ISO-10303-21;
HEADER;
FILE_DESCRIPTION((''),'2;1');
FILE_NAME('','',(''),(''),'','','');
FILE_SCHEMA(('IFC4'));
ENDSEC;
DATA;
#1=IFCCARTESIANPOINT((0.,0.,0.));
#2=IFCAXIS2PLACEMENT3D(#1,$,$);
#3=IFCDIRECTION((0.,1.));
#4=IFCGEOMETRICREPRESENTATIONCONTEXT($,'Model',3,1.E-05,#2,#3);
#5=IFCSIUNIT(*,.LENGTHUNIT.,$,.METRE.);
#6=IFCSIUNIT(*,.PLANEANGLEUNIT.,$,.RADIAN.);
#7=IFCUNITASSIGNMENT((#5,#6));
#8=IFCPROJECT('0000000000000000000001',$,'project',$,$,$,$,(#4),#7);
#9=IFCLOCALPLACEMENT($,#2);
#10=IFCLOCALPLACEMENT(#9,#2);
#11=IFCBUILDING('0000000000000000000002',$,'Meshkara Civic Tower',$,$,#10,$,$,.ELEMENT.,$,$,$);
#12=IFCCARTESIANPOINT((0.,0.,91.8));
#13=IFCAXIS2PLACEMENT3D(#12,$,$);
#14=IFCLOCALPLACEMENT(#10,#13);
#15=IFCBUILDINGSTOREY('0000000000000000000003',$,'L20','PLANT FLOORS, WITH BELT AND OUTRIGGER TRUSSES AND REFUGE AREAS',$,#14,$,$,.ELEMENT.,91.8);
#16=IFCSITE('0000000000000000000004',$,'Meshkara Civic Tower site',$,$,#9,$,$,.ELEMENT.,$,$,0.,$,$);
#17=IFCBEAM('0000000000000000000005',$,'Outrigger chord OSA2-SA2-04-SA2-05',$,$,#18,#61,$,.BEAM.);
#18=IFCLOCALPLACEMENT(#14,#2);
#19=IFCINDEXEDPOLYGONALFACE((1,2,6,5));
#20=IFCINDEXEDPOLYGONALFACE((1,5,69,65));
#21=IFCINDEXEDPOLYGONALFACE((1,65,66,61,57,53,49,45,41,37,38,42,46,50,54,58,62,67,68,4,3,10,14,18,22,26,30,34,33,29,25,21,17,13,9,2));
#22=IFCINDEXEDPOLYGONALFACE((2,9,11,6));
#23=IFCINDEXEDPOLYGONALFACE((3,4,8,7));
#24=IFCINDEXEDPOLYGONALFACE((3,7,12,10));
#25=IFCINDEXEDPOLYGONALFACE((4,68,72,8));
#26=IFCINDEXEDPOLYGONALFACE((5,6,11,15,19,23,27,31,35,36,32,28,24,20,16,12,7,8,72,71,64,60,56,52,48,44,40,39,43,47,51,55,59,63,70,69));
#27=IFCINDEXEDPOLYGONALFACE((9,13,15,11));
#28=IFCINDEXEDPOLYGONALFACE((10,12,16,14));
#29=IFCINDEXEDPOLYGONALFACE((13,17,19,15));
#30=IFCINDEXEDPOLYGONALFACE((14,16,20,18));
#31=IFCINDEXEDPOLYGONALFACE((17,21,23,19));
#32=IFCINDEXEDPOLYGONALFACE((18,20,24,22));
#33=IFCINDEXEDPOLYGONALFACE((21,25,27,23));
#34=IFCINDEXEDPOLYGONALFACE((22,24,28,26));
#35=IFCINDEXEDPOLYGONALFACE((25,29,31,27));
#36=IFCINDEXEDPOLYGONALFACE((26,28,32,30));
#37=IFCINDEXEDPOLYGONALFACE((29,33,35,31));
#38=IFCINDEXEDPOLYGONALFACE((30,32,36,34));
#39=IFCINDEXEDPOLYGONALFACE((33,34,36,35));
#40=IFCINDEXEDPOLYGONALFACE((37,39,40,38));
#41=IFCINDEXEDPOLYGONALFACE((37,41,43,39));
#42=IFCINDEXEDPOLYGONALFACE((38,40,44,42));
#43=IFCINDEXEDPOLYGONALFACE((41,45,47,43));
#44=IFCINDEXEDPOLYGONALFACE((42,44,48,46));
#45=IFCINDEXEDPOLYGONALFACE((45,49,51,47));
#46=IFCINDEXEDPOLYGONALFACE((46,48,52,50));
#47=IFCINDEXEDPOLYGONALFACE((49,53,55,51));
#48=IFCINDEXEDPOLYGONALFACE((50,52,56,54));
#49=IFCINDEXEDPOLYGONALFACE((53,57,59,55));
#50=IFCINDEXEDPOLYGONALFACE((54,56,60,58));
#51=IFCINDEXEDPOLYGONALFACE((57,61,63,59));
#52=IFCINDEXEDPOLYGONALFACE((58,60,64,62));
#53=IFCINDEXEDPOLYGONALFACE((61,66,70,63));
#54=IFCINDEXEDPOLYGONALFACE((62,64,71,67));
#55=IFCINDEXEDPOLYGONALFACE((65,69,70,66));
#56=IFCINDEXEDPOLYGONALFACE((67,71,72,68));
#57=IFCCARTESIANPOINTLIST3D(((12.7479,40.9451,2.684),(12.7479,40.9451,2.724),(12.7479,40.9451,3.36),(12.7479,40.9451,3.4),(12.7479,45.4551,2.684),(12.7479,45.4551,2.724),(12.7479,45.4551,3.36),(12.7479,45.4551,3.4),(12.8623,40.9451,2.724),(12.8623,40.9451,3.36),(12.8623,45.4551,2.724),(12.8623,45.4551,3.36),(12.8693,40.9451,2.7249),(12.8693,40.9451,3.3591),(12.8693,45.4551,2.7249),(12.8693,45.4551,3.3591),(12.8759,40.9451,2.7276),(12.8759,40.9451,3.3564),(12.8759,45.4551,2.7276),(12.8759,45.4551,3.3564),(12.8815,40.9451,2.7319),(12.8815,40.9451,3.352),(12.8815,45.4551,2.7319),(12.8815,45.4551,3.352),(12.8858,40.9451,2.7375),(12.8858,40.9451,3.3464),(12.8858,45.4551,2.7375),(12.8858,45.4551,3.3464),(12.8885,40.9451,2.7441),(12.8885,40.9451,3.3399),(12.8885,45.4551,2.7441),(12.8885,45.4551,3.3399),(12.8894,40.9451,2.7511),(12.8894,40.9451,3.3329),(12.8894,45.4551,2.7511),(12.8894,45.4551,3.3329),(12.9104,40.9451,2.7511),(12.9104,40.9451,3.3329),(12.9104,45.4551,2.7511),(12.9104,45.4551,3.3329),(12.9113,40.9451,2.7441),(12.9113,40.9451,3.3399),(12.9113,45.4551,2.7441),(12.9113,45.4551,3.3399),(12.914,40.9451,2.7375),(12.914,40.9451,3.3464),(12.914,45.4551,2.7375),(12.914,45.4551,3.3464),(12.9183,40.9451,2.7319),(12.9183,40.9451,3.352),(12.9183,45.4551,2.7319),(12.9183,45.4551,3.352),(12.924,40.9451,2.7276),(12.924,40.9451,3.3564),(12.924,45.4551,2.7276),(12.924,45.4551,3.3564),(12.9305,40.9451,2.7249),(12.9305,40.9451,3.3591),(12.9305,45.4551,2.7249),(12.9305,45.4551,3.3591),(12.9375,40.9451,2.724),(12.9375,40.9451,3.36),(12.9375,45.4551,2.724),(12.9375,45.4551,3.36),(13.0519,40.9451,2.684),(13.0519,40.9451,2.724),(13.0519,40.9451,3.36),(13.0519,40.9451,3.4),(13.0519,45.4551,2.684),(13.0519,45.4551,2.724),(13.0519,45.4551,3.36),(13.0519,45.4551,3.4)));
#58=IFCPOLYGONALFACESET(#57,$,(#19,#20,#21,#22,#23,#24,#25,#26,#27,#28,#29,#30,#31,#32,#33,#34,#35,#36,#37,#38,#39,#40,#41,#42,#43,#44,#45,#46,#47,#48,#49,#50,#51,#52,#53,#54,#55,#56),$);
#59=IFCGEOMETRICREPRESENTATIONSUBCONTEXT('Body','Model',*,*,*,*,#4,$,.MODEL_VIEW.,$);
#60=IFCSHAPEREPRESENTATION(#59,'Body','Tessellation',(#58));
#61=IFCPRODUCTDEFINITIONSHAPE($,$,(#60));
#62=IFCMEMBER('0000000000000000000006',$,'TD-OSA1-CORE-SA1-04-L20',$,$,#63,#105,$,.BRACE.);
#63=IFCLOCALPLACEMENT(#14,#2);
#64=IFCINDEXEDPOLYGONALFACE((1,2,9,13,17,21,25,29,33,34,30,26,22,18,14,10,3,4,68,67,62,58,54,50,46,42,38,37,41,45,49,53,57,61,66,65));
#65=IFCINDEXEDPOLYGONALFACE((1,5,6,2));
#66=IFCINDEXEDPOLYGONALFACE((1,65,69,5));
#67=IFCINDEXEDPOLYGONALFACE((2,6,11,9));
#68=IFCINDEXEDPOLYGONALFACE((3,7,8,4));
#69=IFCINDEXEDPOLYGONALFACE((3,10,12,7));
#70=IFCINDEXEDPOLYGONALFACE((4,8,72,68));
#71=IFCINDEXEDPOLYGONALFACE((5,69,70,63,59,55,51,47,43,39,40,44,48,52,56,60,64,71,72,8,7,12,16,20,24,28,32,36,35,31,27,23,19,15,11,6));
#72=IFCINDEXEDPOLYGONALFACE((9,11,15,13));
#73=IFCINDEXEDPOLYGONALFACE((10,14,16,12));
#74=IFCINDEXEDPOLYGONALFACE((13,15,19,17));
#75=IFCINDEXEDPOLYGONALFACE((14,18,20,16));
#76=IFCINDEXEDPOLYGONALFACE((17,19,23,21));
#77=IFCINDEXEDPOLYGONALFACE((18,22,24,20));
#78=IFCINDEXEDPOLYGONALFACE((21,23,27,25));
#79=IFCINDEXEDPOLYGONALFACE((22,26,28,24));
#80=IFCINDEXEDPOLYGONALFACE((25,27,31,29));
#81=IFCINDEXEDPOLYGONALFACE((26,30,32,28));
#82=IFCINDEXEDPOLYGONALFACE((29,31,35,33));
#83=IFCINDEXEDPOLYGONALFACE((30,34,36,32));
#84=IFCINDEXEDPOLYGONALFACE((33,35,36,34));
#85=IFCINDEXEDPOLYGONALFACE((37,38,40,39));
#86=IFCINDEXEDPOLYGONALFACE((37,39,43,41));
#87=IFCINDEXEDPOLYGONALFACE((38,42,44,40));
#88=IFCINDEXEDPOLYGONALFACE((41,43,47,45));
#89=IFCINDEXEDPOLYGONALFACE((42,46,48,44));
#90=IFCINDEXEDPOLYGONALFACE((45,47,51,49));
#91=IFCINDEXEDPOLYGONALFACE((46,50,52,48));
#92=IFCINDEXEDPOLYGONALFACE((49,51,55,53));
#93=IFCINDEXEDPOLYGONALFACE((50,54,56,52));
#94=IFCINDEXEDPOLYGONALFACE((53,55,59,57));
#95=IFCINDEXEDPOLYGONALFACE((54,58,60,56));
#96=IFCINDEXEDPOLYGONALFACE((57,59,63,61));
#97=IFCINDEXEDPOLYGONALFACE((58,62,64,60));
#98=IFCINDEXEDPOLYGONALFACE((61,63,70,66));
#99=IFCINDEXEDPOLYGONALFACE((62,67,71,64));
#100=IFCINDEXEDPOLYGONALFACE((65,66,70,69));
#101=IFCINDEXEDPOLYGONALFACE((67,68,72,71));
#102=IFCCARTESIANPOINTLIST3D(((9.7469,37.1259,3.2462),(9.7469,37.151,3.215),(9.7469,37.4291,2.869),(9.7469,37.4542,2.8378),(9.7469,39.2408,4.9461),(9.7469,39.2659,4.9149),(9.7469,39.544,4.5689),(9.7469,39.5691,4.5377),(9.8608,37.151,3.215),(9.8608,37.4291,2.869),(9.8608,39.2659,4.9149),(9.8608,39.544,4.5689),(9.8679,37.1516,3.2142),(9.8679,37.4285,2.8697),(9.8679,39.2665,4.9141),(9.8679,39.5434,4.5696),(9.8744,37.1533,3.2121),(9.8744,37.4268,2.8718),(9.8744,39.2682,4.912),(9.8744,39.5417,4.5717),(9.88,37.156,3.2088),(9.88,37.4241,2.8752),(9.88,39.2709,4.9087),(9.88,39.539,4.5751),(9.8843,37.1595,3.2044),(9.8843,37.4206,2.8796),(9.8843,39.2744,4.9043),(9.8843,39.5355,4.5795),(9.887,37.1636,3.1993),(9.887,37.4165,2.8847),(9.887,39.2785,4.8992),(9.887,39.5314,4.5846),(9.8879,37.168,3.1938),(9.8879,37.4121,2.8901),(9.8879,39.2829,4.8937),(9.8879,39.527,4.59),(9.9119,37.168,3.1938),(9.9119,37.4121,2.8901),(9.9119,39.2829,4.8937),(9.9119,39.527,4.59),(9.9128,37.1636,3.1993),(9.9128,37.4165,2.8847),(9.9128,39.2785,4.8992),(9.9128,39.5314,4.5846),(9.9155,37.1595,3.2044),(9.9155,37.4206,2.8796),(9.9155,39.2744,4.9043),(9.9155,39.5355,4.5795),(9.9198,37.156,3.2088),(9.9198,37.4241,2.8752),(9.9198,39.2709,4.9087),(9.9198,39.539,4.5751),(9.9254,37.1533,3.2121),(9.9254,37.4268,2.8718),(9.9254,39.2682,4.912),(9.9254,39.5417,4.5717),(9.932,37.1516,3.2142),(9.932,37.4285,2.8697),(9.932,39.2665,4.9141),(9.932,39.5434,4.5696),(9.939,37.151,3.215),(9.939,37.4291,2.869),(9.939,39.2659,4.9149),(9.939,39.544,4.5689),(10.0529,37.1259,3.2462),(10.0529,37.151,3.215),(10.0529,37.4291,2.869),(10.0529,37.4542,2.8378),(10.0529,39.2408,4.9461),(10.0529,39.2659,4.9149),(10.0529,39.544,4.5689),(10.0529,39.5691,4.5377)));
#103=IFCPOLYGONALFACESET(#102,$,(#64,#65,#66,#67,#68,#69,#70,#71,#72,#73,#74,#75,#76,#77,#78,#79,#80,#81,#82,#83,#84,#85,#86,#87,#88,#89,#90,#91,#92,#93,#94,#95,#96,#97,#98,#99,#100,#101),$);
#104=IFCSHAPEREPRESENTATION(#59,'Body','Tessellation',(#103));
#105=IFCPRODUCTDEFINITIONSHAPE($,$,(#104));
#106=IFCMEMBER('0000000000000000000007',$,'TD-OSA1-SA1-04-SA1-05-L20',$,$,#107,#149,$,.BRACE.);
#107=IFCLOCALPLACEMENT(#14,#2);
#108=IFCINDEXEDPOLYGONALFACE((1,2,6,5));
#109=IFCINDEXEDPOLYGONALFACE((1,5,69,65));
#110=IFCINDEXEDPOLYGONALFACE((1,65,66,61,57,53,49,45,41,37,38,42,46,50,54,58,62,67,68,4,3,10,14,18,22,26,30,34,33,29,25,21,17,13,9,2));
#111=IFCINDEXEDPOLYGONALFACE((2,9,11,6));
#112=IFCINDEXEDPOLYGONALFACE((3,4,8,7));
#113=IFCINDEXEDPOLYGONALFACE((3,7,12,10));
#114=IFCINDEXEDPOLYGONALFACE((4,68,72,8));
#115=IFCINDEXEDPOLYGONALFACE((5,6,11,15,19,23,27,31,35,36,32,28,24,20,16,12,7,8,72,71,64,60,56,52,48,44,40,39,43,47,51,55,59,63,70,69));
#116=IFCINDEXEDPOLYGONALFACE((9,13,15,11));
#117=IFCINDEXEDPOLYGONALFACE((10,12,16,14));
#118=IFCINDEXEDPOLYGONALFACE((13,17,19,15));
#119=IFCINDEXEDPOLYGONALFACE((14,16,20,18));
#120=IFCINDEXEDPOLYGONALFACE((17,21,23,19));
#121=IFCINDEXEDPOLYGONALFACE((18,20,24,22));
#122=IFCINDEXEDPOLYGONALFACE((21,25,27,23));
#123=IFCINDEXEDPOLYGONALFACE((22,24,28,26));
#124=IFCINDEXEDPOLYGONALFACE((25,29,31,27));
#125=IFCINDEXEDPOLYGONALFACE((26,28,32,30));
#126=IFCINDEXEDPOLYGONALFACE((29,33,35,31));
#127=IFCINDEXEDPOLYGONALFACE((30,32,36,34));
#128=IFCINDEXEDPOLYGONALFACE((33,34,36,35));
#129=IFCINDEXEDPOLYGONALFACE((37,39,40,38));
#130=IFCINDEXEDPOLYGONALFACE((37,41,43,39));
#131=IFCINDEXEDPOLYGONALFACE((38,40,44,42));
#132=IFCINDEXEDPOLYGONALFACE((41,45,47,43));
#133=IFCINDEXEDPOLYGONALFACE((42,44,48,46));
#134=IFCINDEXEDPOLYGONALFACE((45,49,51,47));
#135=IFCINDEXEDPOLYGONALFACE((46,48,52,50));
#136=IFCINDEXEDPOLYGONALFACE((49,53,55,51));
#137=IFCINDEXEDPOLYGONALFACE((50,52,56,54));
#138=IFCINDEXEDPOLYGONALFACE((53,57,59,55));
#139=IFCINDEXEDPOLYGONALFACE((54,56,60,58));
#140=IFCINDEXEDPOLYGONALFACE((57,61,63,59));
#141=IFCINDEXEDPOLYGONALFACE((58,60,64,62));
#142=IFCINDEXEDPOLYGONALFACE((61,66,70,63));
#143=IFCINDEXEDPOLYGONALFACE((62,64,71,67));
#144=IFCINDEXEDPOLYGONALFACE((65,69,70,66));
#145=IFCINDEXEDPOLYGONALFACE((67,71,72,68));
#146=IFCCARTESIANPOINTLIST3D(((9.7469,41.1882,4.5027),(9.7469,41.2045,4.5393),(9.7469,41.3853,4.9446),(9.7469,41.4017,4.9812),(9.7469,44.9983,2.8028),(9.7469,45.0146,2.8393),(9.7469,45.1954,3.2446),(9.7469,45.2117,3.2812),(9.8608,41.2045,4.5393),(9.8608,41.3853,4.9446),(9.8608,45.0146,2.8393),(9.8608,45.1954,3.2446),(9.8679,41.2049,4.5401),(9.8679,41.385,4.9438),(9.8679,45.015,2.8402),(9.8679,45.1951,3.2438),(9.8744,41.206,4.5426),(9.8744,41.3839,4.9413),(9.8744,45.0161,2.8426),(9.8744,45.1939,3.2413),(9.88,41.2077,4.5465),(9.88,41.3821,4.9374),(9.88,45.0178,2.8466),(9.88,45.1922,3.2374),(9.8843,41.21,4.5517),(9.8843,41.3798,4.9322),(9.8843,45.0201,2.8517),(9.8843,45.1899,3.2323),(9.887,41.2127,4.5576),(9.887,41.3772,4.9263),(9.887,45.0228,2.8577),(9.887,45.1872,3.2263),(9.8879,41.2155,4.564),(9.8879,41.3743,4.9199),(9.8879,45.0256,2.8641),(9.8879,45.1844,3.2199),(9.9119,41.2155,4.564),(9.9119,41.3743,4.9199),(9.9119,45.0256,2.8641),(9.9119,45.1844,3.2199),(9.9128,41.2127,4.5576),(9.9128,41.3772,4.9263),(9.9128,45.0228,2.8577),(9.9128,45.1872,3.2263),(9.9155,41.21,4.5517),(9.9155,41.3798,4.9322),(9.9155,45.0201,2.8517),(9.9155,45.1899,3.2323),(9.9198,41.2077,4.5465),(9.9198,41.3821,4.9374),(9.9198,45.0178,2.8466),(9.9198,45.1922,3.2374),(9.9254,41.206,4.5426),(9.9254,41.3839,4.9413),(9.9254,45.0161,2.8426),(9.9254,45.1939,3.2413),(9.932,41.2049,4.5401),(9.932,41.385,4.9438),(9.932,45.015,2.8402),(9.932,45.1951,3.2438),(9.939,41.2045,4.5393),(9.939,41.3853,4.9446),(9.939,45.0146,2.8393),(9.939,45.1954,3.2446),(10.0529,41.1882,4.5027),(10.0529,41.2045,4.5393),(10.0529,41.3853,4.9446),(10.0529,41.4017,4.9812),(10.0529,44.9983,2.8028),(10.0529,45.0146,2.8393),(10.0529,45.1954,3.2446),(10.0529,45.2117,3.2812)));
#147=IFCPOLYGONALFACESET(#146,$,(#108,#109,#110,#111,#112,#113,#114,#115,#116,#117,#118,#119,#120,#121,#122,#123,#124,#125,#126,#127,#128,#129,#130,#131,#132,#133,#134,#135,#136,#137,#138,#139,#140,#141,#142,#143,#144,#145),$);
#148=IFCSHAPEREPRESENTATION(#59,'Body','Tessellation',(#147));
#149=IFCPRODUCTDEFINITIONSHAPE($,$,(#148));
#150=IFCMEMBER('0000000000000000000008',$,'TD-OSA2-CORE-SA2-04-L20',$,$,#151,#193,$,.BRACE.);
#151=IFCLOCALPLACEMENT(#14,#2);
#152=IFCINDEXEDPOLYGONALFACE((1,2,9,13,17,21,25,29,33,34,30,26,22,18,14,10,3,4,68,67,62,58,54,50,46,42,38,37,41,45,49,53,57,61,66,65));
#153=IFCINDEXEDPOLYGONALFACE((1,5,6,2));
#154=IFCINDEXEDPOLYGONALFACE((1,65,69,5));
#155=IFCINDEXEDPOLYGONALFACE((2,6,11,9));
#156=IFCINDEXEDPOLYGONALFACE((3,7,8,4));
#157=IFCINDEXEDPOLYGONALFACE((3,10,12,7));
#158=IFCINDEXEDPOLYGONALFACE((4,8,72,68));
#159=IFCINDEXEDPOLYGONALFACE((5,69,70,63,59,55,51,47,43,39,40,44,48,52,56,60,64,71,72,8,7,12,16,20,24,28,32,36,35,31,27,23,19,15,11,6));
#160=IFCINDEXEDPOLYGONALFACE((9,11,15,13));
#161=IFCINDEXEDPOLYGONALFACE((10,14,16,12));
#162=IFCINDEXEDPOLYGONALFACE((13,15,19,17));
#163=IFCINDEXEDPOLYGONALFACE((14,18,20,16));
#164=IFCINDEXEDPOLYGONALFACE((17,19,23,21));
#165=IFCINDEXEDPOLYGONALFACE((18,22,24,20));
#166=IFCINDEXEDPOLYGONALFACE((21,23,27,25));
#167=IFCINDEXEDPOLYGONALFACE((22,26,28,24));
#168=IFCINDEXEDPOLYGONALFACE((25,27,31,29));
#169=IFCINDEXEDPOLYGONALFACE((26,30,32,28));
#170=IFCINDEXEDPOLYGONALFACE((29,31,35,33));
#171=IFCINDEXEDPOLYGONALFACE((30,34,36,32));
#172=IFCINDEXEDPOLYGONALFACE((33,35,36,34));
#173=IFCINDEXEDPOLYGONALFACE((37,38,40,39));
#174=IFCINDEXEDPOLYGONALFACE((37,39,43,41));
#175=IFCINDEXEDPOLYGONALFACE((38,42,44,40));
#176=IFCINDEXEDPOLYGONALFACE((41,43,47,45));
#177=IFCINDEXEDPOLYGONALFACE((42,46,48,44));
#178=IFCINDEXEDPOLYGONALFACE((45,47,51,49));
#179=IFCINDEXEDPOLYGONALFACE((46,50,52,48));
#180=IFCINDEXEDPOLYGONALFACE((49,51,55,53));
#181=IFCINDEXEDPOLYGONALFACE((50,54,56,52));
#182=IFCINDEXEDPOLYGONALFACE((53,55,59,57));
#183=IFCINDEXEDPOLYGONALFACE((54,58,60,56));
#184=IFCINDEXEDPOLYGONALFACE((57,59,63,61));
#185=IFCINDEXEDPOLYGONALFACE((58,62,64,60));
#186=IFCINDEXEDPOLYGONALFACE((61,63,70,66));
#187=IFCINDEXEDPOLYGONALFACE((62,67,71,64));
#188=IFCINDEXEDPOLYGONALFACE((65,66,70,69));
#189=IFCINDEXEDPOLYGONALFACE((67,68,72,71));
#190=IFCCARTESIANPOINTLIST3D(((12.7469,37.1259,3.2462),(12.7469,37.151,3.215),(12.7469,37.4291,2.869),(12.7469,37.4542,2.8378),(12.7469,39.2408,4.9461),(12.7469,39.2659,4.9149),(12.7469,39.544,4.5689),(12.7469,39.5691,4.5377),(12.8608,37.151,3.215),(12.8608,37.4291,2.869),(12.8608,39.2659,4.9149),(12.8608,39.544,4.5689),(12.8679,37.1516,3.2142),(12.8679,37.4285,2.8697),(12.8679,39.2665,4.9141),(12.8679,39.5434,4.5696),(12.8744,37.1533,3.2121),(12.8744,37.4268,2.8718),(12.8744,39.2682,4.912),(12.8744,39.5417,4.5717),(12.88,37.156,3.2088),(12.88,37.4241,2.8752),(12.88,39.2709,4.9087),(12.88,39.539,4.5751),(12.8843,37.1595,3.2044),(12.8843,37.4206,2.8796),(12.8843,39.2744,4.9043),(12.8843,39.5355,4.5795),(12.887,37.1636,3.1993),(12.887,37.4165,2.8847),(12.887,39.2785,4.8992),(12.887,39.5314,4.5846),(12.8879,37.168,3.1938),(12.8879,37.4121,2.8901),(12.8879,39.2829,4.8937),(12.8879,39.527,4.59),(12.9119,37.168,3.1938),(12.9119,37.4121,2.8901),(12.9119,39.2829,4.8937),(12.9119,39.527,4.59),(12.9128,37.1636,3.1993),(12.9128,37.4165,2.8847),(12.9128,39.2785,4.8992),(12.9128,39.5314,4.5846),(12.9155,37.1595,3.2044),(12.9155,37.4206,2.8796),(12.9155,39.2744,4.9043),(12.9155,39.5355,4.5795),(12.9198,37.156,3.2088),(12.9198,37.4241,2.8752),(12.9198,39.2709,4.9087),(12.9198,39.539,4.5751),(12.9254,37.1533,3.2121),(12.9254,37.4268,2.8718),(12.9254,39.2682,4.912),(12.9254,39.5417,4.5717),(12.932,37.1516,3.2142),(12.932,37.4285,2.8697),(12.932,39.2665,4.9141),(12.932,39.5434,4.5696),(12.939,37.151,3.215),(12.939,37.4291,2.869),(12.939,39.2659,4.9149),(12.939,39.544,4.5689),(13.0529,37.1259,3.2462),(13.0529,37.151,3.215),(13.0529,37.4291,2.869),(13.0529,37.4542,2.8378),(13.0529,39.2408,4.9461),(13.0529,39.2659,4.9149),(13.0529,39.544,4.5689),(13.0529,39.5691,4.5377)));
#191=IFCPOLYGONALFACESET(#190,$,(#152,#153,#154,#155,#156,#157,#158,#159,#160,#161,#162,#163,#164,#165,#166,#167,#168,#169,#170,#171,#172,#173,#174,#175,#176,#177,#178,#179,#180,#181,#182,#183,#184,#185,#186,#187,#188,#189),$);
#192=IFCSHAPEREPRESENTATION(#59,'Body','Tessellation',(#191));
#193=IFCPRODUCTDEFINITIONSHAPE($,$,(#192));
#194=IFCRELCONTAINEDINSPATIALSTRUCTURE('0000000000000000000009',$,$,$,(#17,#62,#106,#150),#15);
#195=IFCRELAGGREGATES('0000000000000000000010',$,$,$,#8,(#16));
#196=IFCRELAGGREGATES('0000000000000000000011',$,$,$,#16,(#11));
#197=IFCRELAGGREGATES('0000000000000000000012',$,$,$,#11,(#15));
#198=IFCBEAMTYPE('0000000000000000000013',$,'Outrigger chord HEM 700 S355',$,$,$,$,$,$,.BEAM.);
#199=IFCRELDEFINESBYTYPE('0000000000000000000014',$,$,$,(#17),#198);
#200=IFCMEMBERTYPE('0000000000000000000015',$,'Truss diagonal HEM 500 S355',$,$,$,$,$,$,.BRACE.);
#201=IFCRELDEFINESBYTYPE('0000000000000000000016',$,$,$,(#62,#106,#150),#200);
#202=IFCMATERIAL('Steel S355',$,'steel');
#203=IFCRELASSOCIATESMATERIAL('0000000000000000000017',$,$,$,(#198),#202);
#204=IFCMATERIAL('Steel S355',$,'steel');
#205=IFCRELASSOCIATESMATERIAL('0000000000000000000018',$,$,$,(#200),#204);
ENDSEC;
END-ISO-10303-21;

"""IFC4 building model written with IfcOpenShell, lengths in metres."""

from ifc_helpers import new_model, si_unit, direction, frame, origin, origin_2d, place, context, subcontext, project, spatial, i_section, extrude, material, material_profile, profile_set, type_object, element, save


model = new_model("IFC4")

# Units and contexts
model_context = context("Model", 3, precision=1e-05, world=origin(), true_north=direction((0.0, 1.0)))
body_context = subcontext(model_context, "Body", "Model", "MODEL_VIEW")
ifc_project = project(units=[si_unit("LENGTHUNIT", "METRE"), si_unit("PLANEANGLEUNIT", "RADIAN")], contexts=[model_context])

# Site, building, storey
site_placement = place(None, origin())
site = spatial("IfcSite", under=ifc_project, at=site_placement, Name="Meshkara Civic Tower site", CompositionType="ELEMENT", RefElevation=0.0)
building_placement = place(site_placement, origin())
building = spatial("IfcBuilding", under=site, at=building_placement, Name="Meshkara Civic Tower", CompositionType="ELEMENT")
storey_placement = place(building_placement, frame((0.0, 0.0, 91.8)))
storey = spatial("IfcBuildingStorey", under=building, at=storey_placement, Name="L20", Description="PLANT FLOORS, WITH BELT AND OUTRIGGER TRUSSES AND REFUGE AREAS", CompositionType="ELEMENT", Elevation=91.8)

# Beam
ifc_material_1 = material(Name="Steel S355", Category="steel")
ifc_material_profile_1 = material_profile(ifc_material_1, i_section(OverallWidth=0.304, OverallDepth=0.7161, WebThickness=0.021, FlangeThickness=0.04, FilletRadius=0.0271, at=origin_2d()))
ifc_profile_set_1 = profile_set([ifc_material_profile_1], Name="Steel S355")
beam_type_1 = type_object("IfcBeamType", Name="Outrigger chord HEM 700 S355", PredefinedType="BEAM", material=ifc_profile_set_1)
for number, where, z_axis, x_axis, name in (
    (1, (12.8999, 40.9451, 3.042), (0.0, 1.0, 0.0), (-1.0, 0.0, 0.0), "Outrigger chord OSA2-SA2-04-SA2-05"),
):
    element("IfcBeam", number, at=place(storey_placement, frame(where, z_axis=z_axis, x_axis=x_axis)), inside=storey, type_object=beam_type_1, Name=name, PredefinedType="BEAM", context=body_context, shape_type="SweptSolid", body=[
        extrude(i_section(OverallWidth=0.304, OverallDepth=0.7161, WebThickness=0.021, FlangeThickness=0.04, FilletRadius=0.0271, at=origin_2d()), origin(), (0.0, 0.0, 1.0), 4.51),
    ])

# Members
ifc_material_2 = material(Name="Steel S355", Category="steel")
ifc_material_profile_2 = material_profile(ifc_material_2, i_section(OverallWidth=0.3059, OverallDepth=0.5239, WebThickness=0.0239, FlangeThickness=0.04, FilletRadius=0.0271, at=origin_2d()))
ifc_profile_set_2 = profile_set([ifc_material_profile_2], Name="Steel S355")
member_type_1 = type_object("IfcMemberType", Name="Truss diagonal HEM 500 S355", PredefinedType="BRACE", material=ifc_profile_set_2)
member_1_placement = place(storey_placement, frame((9.8999, 37.29, 3.042), z_axis=(0.0, 0.779436, 0.626482), x_axis=(-1.0, 0.0, 0.0)))
element("IfcMember", 2, at=member_1_placement, inside=storey, type_object=member_type_1, Name="TD-OSA1-CORE-SA1-04-L20", PredefinedType="BRACE", context=body_context, shape_type="SweptSolid", body=[
    extrude(i_section(OverallWidth=0.3059, OverallDepth=0.5239, WebThickness=0.0239, FlangeThickness=0.04, FilletRadius=0.0271, at=origin_2d()), origin(), (0.0, 0.0, 1.0), 2.7134),
])
member_2_placement = place(storey_placement, frame((9.8999, 41.2949, 4.7419), z_axis=(0.0, 0.913224, -0.407457), x_axis=(-1.0, 0.0, 0.0)))
element("IfcMember", 3, at=member_2_placement, inside=storey, type_object=member_type_1, Name="TD-OSA1-SA1-04-SA1-05-L20", PredefinedType="BRACE", context=body_context, shape_type="SweptSolid", body=[
    extrude(i_section(OverallWidth=0.3059, OverallDepth=0.5239, WebThickness=0.0239, FlangeThickness=0.04, FilletRadius=0.0271, at=origin_2d()), origin(), (0.0, 0.0, 1.0), 4.1721),
])
member_3_placement = place(storey_placement, frame((12.8999, 37.29, 3.042), z_axis=(0.0, 0.779436, 0.626482), x_axis=(-1.0, 0.0, 0.0)))
element("IfcMember", 4, at=member_3_placement, inside=storey, type_object=member_type_1, Name="TD-OSA2-CORE-SA2-04-L20", PredefinedType="BRACE", context=body_context, shape_type="SweptSolid", body=[
    extrude(i_section(OverallWidth=0.3059, OverallDepth=0.5239, WebThickness=0.0239, FlangeThickness=0.04, FilletRadius=0.0271, at=origin_2d()), origin(), (0.0, 0.0, 1.0), 2.7134),
])

save(model, "model.ifc")
